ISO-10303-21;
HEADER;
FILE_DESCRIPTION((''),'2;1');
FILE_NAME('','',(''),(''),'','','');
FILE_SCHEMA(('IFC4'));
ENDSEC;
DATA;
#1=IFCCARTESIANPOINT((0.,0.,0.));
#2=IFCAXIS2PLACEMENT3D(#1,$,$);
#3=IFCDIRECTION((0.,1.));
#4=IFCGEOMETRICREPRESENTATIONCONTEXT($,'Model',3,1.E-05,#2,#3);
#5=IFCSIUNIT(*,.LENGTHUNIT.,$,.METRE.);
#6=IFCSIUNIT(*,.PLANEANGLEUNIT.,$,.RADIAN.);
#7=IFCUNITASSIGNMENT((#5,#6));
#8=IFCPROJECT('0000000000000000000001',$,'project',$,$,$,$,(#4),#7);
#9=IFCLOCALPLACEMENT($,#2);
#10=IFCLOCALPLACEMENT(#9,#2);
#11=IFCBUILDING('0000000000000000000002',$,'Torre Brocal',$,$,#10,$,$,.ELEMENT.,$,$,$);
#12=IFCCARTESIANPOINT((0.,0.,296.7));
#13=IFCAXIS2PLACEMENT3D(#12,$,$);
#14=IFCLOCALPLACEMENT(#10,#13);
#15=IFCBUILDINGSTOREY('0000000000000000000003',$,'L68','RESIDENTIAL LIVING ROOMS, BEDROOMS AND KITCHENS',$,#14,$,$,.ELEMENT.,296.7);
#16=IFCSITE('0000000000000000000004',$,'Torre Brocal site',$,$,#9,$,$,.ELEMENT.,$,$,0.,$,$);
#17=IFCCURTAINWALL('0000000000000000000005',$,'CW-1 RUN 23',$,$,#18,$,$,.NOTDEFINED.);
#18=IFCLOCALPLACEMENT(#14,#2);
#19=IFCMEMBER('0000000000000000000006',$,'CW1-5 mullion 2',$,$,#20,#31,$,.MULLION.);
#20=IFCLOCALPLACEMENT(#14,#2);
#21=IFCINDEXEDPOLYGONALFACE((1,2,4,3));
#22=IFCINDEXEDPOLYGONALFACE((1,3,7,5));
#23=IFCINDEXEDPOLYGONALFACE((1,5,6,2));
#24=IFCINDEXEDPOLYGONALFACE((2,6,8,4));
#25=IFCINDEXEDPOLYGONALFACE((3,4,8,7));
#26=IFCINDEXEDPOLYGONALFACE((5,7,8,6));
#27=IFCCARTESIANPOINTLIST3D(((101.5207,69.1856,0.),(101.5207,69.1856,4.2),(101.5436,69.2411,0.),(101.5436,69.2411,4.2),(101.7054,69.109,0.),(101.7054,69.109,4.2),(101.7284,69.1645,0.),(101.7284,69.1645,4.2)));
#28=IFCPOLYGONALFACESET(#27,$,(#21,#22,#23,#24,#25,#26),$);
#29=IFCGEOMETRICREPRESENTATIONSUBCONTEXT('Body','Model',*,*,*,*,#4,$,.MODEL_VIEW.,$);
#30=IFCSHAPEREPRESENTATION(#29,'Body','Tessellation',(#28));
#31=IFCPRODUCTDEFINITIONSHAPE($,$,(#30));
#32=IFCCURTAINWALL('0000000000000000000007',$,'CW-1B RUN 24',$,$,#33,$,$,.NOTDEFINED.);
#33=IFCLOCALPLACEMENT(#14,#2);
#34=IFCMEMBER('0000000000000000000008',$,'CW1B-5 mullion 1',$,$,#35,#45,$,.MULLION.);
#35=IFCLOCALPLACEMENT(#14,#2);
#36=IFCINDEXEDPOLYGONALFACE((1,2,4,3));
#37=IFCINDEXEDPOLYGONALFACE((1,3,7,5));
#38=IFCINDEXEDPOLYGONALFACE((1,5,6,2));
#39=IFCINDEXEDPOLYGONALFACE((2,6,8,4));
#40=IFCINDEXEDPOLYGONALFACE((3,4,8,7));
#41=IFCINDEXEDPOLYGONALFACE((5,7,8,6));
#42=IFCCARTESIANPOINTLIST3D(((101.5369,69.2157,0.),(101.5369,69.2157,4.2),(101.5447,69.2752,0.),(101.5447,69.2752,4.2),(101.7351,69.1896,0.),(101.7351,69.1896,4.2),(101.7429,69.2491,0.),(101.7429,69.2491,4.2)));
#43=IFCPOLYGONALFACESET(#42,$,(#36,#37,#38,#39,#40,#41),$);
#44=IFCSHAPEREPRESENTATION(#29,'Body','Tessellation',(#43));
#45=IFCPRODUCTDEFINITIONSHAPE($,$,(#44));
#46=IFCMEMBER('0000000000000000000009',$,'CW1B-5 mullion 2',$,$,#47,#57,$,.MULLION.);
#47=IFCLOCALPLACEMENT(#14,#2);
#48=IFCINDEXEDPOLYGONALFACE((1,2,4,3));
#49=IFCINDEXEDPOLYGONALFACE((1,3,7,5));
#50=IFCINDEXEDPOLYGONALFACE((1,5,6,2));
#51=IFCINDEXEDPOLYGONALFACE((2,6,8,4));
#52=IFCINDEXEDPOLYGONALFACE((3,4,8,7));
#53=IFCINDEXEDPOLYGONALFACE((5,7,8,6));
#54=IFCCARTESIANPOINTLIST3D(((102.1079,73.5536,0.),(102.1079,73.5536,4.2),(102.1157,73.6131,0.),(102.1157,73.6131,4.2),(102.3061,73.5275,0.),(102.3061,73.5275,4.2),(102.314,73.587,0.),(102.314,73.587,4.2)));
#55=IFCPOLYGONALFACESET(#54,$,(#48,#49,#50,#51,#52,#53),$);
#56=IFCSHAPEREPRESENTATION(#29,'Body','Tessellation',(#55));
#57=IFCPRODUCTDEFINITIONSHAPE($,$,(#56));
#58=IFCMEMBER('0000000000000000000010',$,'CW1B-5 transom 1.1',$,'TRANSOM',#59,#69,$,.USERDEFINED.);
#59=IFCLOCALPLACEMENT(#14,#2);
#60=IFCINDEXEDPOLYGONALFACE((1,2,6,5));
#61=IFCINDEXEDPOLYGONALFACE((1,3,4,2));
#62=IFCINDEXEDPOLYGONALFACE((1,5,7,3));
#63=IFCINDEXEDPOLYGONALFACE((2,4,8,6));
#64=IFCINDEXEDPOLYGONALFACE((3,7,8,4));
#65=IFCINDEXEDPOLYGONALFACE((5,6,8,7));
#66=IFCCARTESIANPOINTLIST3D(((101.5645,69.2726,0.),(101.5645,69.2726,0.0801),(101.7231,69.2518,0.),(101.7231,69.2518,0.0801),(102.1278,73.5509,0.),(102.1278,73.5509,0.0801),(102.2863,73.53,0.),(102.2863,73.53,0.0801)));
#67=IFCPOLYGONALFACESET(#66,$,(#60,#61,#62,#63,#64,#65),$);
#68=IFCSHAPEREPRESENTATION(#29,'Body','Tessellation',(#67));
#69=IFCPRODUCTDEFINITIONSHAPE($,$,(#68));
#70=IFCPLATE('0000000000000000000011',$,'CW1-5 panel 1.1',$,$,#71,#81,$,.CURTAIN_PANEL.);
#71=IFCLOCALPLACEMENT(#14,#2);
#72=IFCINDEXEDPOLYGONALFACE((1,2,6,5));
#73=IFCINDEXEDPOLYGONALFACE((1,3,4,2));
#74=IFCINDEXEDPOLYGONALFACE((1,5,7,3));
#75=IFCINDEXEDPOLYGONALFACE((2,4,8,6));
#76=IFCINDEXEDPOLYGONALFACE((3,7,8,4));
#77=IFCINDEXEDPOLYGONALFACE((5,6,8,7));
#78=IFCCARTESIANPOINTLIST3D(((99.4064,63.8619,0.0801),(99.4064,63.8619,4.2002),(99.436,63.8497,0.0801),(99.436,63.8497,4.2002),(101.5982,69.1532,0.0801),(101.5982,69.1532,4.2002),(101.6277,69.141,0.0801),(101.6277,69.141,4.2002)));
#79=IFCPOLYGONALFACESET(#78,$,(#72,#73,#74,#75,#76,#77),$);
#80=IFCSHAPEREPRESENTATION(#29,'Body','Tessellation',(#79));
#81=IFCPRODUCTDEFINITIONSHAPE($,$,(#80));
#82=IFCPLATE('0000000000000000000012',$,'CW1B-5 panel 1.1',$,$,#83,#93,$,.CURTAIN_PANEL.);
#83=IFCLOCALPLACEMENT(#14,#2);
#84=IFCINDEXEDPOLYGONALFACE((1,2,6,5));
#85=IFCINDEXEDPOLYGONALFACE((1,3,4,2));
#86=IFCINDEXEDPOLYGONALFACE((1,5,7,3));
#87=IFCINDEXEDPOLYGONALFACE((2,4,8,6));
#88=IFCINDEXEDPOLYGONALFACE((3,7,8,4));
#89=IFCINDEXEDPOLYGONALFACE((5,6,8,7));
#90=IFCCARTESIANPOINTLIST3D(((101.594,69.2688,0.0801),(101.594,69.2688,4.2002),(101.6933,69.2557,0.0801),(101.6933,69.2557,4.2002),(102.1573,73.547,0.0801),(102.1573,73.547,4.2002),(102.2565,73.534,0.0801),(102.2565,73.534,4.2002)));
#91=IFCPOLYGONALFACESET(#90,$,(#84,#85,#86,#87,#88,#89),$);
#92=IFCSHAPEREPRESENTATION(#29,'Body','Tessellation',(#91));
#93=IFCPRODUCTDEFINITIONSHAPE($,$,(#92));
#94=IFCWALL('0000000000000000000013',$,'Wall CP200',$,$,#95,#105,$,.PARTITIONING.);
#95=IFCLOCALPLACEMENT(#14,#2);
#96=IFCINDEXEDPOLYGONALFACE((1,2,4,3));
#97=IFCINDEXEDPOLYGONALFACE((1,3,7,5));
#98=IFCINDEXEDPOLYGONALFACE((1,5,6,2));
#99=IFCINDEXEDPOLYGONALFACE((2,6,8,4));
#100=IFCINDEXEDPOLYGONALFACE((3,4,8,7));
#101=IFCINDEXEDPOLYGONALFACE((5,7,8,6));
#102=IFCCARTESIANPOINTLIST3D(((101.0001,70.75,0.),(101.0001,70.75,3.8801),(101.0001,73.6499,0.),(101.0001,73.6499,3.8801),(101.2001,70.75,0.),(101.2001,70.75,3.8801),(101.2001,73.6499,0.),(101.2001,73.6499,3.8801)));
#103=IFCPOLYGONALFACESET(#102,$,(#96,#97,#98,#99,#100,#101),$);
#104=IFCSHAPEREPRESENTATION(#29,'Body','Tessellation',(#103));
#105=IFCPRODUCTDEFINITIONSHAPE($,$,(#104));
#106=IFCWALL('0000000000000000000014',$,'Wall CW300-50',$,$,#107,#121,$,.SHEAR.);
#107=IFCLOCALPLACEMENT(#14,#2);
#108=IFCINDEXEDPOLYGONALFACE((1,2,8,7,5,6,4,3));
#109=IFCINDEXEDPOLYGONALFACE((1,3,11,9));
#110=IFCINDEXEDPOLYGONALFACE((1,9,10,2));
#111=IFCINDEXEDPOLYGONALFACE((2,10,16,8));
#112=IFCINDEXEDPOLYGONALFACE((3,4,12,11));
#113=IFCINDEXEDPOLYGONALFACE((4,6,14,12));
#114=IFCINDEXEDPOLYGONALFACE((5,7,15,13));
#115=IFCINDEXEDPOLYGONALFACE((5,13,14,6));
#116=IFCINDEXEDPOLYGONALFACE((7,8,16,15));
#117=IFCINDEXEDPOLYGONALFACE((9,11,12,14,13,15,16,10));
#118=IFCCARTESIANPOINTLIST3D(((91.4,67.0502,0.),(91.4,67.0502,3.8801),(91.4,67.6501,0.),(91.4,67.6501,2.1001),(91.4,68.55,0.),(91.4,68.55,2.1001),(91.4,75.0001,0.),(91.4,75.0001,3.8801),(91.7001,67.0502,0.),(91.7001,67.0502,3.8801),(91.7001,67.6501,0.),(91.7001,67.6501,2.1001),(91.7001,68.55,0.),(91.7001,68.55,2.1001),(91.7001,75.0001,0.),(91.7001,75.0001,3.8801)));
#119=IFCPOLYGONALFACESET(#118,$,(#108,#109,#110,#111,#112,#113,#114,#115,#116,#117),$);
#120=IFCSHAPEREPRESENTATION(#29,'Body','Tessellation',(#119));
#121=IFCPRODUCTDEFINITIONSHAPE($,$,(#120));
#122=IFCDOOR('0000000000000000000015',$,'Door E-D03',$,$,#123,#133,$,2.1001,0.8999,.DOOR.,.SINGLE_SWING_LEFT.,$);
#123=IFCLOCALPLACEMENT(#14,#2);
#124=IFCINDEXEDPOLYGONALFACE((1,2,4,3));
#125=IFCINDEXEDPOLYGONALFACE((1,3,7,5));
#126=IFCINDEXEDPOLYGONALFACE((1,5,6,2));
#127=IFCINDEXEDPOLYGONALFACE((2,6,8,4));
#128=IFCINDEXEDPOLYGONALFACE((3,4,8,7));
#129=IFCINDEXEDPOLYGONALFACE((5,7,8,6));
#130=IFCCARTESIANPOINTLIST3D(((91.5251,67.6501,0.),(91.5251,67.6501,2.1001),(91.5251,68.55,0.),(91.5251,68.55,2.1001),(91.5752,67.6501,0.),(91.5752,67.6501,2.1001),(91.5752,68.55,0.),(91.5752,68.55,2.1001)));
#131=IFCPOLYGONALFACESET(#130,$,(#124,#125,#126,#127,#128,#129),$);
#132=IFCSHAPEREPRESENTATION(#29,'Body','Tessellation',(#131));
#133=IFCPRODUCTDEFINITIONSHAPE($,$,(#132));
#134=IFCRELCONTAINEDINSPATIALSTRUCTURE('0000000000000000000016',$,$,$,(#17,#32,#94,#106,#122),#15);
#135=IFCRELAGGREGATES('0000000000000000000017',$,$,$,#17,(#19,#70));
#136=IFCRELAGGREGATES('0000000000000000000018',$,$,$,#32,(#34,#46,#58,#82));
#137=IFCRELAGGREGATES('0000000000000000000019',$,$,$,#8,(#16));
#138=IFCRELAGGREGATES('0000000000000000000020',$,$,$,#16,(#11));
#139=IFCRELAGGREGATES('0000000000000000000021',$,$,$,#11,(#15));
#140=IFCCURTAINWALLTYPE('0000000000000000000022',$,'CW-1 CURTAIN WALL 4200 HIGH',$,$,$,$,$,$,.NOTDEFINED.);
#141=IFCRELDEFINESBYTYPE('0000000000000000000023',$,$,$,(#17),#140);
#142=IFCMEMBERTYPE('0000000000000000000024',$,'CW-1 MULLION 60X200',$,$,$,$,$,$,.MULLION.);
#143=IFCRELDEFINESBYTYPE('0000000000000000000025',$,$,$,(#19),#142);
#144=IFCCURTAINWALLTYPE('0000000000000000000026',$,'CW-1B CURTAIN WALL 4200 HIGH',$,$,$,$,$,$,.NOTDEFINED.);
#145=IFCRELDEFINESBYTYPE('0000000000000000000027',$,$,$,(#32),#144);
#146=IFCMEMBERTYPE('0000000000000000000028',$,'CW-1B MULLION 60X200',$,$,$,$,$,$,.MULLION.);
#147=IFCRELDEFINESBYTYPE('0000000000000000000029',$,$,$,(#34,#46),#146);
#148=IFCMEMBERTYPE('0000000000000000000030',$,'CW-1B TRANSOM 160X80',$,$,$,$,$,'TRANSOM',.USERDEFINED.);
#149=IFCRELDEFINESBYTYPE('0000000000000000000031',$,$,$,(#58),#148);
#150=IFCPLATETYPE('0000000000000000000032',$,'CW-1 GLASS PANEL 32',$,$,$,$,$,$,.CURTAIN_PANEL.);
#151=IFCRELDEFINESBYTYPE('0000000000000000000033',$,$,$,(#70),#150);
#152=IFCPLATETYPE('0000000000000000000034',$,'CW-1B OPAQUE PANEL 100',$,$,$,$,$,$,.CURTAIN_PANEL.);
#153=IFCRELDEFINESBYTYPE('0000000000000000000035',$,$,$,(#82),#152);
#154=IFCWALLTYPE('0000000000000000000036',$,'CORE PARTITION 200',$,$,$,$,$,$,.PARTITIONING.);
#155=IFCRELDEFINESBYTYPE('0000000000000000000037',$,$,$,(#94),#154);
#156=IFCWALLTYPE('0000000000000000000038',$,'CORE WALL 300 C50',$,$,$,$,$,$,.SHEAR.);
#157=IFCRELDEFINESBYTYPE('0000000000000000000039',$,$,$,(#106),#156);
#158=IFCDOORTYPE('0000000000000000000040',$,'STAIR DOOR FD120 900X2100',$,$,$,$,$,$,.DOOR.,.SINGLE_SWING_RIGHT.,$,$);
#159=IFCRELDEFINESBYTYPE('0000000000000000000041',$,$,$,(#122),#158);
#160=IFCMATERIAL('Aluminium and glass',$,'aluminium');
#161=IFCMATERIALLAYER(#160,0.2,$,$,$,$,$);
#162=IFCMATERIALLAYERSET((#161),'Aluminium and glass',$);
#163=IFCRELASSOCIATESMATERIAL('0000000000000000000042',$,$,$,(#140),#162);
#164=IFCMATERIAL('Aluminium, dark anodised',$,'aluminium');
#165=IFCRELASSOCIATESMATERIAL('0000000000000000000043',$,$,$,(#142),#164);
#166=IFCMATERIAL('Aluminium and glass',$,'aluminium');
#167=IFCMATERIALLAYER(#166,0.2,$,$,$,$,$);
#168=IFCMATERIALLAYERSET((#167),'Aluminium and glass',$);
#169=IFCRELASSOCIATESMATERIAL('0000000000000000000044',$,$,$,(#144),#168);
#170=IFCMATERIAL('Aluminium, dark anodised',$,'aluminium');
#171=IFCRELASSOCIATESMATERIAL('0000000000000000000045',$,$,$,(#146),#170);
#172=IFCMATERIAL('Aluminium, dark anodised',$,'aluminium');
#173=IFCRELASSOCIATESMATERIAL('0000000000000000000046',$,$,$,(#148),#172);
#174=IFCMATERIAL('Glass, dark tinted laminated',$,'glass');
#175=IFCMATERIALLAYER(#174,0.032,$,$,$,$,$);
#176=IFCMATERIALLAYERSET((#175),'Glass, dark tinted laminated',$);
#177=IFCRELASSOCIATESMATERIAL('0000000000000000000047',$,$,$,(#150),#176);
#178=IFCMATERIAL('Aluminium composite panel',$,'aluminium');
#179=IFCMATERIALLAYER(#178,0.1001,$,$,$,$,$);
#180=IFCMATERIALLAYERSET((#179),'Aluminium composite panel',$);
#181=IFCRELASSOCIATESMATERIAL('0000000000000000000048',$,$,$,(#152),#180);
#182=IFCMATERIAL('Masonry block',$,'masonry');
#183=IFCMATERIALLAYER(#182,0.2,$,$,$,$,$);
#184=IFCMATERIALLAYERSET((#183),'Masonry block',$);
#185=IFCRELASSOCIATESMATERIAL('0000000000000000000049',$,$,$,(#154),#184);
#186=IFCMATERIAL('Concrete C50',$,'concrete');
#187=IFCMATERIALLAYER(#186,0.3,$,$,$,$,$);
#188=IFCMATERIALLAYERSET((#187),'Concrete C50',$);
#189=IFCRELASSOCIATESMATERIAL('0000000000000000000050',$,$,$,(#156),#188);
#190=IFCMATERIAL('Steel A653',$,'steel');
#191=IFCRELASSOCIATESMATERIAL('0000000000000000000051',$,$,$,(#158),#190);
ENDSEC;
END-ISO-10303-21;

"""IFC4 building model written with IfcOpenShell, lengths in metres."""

from ifc_helpers import new_model, si_unit, direction, frame, frame_2d, origin, origin_2d, place, context, subcontext, project, spatial, rectangle, extrude, material, layer, layer_set, material_profile, profile_set, type_object, element, fill, aggregate, save


model = new_model("IFC4")

# Units and contexts
model_context = context("Model", 3, precision=1e-05, world=origin(), true_north=direction((0.0, 1.0)))
body_context = subcontext(model_context, "Body", "Model", "MODEL_VIEW")
ifc_project = project(units=[si_unit("LENGTHUNIT", "METRE"), si_unit("PLANEANGLEUNIT", "RADIAN")], contexts=[model_context])

# Site, building, storey
site_placement = place(None, origin())
site = spatial("IfcSite", under=ifc_project, at=site_placement, Name="Torre Brocal site", CompositionType="ELEMENT", RefElevation=0.0)
building_placement = place(site_placement, origin())
building = spatial("IfcBuilding", under=site, at=building_placement, Name="Torre Brocal", CompositionType="ELEMENT")
storey_placement = place(building_placement, frame((0.0, 0.0, 296.7)))
storey = spatial("IfcBuildingStorey", under=building, at=storey_placement, Name="L68", Description="RESIDENTIAL LIVING ROOMS, BEDROOMS AND KITCHENS", CompositionType="ELEMENT", Elevation=296.7)

# Curtain wall, member
ifc_material_1 = material(Name="Aluminium and glass", Category="aluminium")
ifc_layer_1 = layer(ifc_material_1, 0.2)
ifc_layer_set_1 = layer_set([ifc_layer_1], Name="Aluminium and glass")
curtain_wall_type_1 = type_object("IfcCurtainWallType", Name="CW-1 CURTAIN WALL 4200 HIGH", PredefinedType="NOTDEFINED", material=ifc_layer_set_1)
curtain_wall_1_placement = place(storey_placement, origin())
curtain_wall_1 = element("IfcCurtainWall", 1, at=curtain_wall_1_placement, inside=storey, type_object=curtain_wall_type_1, Name="CW-1 RUN 23", PredefinedType="NOTDEFINED")
ifc_material_2 = material(Name="Aluminium, dark anodised", Category="aluminium")
ifc_material_profile_1 = material_profile(ifc_material_2, rectangle(XDim=0.2, YDim=0.0601, at=origin_2d()), Name="CW-1 MULLION 60X200")
ifc_profile_set_1 = profile_set([ifc_material_profile_1], Name="Aluminium, dark anodised")
member_type_1 = type_object("IfcMemberType", Name="CW-1 MULLION 60X200", PredefinedType="MULLION", material=ifc_profile_set_1)
member_1_placement = place(storey_placement, frame((101.6245, 69.175, 0.0), z_axis=(0.0, 0.0, 1.0), x_axis=(-0.92388, 0.382683, 0.0)))
member_1 = element("IfcMember", 2, at=member_1_placement, type_object=member_type_1, Name="CW1-5 mullion 2", PredefinedType="MULLION", context=body_context, shape_type="SweptSolid", body=[
    extrude(rectangle(XDim=0.2, YDim=0.0601, at=origin_2d()), origin(), (0.0, 0.0, 1.0), 4.2),
])

# Curtain wall, members
ifc_material_3 = material(Name="Aluminium and glass", Category="aluminium")
ifc_layer_2 = layer(ifc_material_3, 0.2)
ifc_layer_set_2 = layer_set([ifc_layer_2], Name="Aluminium and glass")
curtain_wall_type_2 = type_object("IfcCurtainWallType", Name="CW-1B CURTAIN WALL 4200 HIGH", PredefinedType="NOTDEFINED", material=ifc_layer_set_2)
curtain_wall_2_placement = place(storey_placement, origin())
curtain_wall_2 = element("IfcCurtainWall", 3, at=curtain_wall_2_placement, inside=storey, type_object=curtain_wall_type_2, Name="CW-1B RUN 24", PredefinedType="NOTDEFINED")
ifc_material_4 = material(Name="Aluminium, dark anodised", Category="aluminium")
ifc_material_profile_2 = material_profile(ifc_material_4, rectangle(XDim=0.2, YDim=0.0601, at=origin_2d()), Name="CW-1B MULLION 60X200")
ifc_profile_set_2 = profile_set([ifc_material_profile_2], Name="Aluminium, dark anodised")
member_type_2 = type_object("IfcMemberType", Name="CW-1B MULLION 60X200", PredefinedType="MULLION", material=ifc_profile_set_2)
member_2_placement = place(storey_placement, frame((101.6399, 69.2324, 0.0), z_axis=(0.0, 0.0, 1.0), x_axis=(-0.991445, 0.130526, 0.0)))
member_2 = element("IfcMember", 4, at=member_2_placement, type_object=member_type_2, Name="CW1B-5 mullion 1", PredefinedType="MULLION", context=body_context, shape_type="SweptSolid", body=[
    extrude(rectangle(XDim=0.2, YDim=0.0601, at=origin_2d()), origin(), (0.0, 0.0, 1.0), 4.2),
])
member_3_placement = place(storey_placement, frame((102.2109, 73.5703, 0.0), z_axis=(0.0, 0.0, 1.0), x_axis=(-0.991445, 0.130526, 0.0)))
member_3 = element("IfcMember", 5, at=member_3_placement, type_object=member_type_2, Name="CW1B-5 mullion 2", PredefinedType="MULLION", context=body_context, shape_type="SweptSolid", body=[
    extrude(rectangle(XDim=0.2, YDim=0.0601, at=origin_2d()), origin(), (0.0, 0.0, 1.0), 4.2),
])
ifc_material_5 = material(Name="Aluminium, dark anodised", Category="aluminium")
ifc_material_profile_3 = material_profile(ifc_material_5, rectangle(XDim=0.1599, YDim=0.0801, at=origin_2d()), Name="CW-1B TRANSOM 160X80")
ifc_profile_set_3 = profile_set([ifc_material_profile_3], Name="Aluminium, dark anodised")
member_type_3 = type_object("IfcMemberType", Name="CW-1B TRANSOM 160X80", ElementType="TRANSOM", PredefinedType="USERDEFINED", material=ifc_profile_set_3)
member_4_placement = place(storey_placement, frame((101.6438, 69.2622, 0.04), z_axis=(0.130522, 0.991445, 0.0), x_axis=(-0.991445, 0.130522, 0.0)))
member_4 = element("IfcMember", 6, at=member_4_placement, type_object=member_type_3, Name="CW1B-5 transom 1.1", ObjectType="TRANSOM", PredefinedType="USERDEFINED", context=body_context, shape_type="SweptSolid", body=[
    extrude(rectangle(XDim=0.1599, YDim=0.0801, at=origin_2d()), origin(), (0.0, 0.0, 1.0), 4.3152),
])

# Plates
ifc_material_6 = material(Name="Glass, dark tinted laminated", Category="glass")
ifc_layer_3 = layer(ifc_material_6, 0.032)
ifc_layer_set_3 = layer_set([ifc_layer_3], Name="Glass, dark tinted laminated")
plate_type_1 = type_object("IfcPlateType", Name="CW-1 GLASS PANEL 32", PredefinedType="CURTAIN_PANEL", material=ifc_layer_set_3)
plate_1_placement = place(storey_placement, frame((100.5171, 66.5015, 0.0801), z_axis=(0.0, 0.0, 1.0), x_axis=(0.382683, 0.92388, 0.0)))
plate_1 = element("IfcPlate", 7, at=plate_1_placement, type_object=plate_type_1, Name="CW1-5 panel 1.1", PredefinedType="CURTAIN_PANEL", context=body_context, shape_type="SweptSolid", body=[
    extrude(rectangle(XDim=5.7273, YDim=0.032, at=origin_2d()), origin(), (0.0, 0.0, 1.0), 4.1201),
])
aggregate(curtain_wall_1, [member_1, plate_1])
ifc_material_7 = material(Name="Aluminium composite panel", Category="aluminium")
ifc_layer_4 = layer(ifc_material_7, 0.1001)
ifc_layer_set_4 = layer_set([ifc_layer_4], Name="Aluminium composite panel")
plate_type_2 = type_object("IfcPlateType", Name="CW-1B OPAQUE PANEL 100", PredefinedType="CURTAIN_PANEL", material=ifc_layer_set_4)
plate_2_placement = place(storey_placement, frame((101.9253, 71.4014, 0.0801), z_axis=(0.0, 0.0, 1.0), x_axis=(0.130526, 0.991445, 0.0)))
plate_2 = element("IfcPlate", 8, at=plate_2_placement, type_object=plate_type_2, Name="CW1B-5 panel 1.1", PredefinedType="CURTAIN_PANEL", context=body_context, shape_type="SweptSolid", body=[
    extrude(rectangle(XDim=4.3152, YDim=0.1001, at=origin_2d()), origin(), (0.0, 0.0, 1.0), 4.1201),
])
aggregate(curtain_wall_2, [member_2, member_3, member_4, plate_2])

# Wall
ifc_material_8 = material(Name="Masonry block", Category="masonry")
ifc_layer_5 = layer(ifc_material_8, 0.2)
ifc_layer_set_5 = layer_set([ifc_layer_5], Name="Masonry block")
wall_type_1 = type_object("IfcWallType", Name="CORE PARTITION 200", PredefinedType="PARTITIONING", material=ifc_layer_set_5)
wall_1_placement = place(storey_placement, frame((101.1001, 70.75, 0.0), z_axis=(0.0, 0.0, 1.0), x_axis=(0.0, 1.0, 0.0)))
element("IfcWall", 9, at=wall_1_placement, inside=storey, type_object=wall_type_1, Name="Wall CP200", PredefinedType="PARTITIONING", context=body_context, shape_type="SweptSolid", body=[
    extrude(rectangle(XDim=2.8999, YDim=0.2, at=frame_2d((1.45, 0.0))), origin(), (0.0, 0.0, 1.0), 3.8801),
])

# Wall, opening, door
ifc_material_9 = material(Name="Concrete C50", Category="concrete")
ifc_layer_6 = layer(ifc_material_9, 0.3)
ifc_layer_set_6 = layer_set([ifc_layer_6], Name="Concrete C50")
wall_type_2 = type_object("IfcWallType", Name="CORE WALL 300 C50", PredefinedType="SHEAR", material=ifc_layer_set_6)
wall_2_placement = place(storey_placement, frame((91.55, 67.05, 0.0), z_axis=(0.0, 0.0, 1.0), x_axis=(0.0, 1.0, 0.0)))
wall_2 = element("IfcWall", 10, at=wall_2_placement, inside=storey, type_object=wall_type_2, Name="Wall CW300-50", PredefinedType="SHEAR", context=body_context, shape_type="SweptSolid", body=[
    extrude(rectangle(XDim=7.95, YDim=0.3, at=frame_2d((3.9751, 0.0))), origin(), (0.0, 0.0, 1.0), 3.8801),
])
opening_1_placement = place(wall_2_placement, frame((0.6001, 0.0, 0.0)))
opening_1 = element("IfcOpeningElement", 11, at=opening_1_placement, cuts=wall_2, PredefinedType="OPENING", context=body_context, shape_type="SweptSolid", body=[
    extrude(rectangle(XDim=0.8999, YDim=2.1001, at=frame_2d((0.45, 1.05))), frame((0.0, 0.1599, 0.0), z_axis=(0.0, -1.0, 0.0), x_axis=(1.0, 0.0, 0.0)), (0.0, 0.0, 1.0), 0.3201),
])
ifc_material_10 = material(Name="Steel A653", Category="steel")
door_type_1 = type_object("IfcDoorType", Name="STAIR DOOR FD120 900X2100", OperationType="SINGLE_SWING_RIGHT", PredefinedType="DOOR", material=ifc_material_10)
door_1_placement = place(opening_1_placement, origin())
door_1 = element("IfcDoor", 12, at=door_1_placement, inside=storey, type_object=door_type_1, Name="Door E-D03", OperationType="SINGLE_SWING_LEFT", OverallHeight=2.1001, OverallWidth=0.8999, PredefinedType="DOOR", context=body_context, shape_type="SweptSolid", body=[
    extrude(rectangle(XDim=0.8999, YDim=2.1001, at=frame_2d((0.45, 1.05))), frame((0.0, 0.0249, 0.0), z_axis=(0.0, -1.0, 0.0), x_axis=(1.0, 0.0, 0.0)), (0.0, 0.0, 1.0), 0.05),
])
fill(opening_1, door_1)

save(model, "model.ifc")
